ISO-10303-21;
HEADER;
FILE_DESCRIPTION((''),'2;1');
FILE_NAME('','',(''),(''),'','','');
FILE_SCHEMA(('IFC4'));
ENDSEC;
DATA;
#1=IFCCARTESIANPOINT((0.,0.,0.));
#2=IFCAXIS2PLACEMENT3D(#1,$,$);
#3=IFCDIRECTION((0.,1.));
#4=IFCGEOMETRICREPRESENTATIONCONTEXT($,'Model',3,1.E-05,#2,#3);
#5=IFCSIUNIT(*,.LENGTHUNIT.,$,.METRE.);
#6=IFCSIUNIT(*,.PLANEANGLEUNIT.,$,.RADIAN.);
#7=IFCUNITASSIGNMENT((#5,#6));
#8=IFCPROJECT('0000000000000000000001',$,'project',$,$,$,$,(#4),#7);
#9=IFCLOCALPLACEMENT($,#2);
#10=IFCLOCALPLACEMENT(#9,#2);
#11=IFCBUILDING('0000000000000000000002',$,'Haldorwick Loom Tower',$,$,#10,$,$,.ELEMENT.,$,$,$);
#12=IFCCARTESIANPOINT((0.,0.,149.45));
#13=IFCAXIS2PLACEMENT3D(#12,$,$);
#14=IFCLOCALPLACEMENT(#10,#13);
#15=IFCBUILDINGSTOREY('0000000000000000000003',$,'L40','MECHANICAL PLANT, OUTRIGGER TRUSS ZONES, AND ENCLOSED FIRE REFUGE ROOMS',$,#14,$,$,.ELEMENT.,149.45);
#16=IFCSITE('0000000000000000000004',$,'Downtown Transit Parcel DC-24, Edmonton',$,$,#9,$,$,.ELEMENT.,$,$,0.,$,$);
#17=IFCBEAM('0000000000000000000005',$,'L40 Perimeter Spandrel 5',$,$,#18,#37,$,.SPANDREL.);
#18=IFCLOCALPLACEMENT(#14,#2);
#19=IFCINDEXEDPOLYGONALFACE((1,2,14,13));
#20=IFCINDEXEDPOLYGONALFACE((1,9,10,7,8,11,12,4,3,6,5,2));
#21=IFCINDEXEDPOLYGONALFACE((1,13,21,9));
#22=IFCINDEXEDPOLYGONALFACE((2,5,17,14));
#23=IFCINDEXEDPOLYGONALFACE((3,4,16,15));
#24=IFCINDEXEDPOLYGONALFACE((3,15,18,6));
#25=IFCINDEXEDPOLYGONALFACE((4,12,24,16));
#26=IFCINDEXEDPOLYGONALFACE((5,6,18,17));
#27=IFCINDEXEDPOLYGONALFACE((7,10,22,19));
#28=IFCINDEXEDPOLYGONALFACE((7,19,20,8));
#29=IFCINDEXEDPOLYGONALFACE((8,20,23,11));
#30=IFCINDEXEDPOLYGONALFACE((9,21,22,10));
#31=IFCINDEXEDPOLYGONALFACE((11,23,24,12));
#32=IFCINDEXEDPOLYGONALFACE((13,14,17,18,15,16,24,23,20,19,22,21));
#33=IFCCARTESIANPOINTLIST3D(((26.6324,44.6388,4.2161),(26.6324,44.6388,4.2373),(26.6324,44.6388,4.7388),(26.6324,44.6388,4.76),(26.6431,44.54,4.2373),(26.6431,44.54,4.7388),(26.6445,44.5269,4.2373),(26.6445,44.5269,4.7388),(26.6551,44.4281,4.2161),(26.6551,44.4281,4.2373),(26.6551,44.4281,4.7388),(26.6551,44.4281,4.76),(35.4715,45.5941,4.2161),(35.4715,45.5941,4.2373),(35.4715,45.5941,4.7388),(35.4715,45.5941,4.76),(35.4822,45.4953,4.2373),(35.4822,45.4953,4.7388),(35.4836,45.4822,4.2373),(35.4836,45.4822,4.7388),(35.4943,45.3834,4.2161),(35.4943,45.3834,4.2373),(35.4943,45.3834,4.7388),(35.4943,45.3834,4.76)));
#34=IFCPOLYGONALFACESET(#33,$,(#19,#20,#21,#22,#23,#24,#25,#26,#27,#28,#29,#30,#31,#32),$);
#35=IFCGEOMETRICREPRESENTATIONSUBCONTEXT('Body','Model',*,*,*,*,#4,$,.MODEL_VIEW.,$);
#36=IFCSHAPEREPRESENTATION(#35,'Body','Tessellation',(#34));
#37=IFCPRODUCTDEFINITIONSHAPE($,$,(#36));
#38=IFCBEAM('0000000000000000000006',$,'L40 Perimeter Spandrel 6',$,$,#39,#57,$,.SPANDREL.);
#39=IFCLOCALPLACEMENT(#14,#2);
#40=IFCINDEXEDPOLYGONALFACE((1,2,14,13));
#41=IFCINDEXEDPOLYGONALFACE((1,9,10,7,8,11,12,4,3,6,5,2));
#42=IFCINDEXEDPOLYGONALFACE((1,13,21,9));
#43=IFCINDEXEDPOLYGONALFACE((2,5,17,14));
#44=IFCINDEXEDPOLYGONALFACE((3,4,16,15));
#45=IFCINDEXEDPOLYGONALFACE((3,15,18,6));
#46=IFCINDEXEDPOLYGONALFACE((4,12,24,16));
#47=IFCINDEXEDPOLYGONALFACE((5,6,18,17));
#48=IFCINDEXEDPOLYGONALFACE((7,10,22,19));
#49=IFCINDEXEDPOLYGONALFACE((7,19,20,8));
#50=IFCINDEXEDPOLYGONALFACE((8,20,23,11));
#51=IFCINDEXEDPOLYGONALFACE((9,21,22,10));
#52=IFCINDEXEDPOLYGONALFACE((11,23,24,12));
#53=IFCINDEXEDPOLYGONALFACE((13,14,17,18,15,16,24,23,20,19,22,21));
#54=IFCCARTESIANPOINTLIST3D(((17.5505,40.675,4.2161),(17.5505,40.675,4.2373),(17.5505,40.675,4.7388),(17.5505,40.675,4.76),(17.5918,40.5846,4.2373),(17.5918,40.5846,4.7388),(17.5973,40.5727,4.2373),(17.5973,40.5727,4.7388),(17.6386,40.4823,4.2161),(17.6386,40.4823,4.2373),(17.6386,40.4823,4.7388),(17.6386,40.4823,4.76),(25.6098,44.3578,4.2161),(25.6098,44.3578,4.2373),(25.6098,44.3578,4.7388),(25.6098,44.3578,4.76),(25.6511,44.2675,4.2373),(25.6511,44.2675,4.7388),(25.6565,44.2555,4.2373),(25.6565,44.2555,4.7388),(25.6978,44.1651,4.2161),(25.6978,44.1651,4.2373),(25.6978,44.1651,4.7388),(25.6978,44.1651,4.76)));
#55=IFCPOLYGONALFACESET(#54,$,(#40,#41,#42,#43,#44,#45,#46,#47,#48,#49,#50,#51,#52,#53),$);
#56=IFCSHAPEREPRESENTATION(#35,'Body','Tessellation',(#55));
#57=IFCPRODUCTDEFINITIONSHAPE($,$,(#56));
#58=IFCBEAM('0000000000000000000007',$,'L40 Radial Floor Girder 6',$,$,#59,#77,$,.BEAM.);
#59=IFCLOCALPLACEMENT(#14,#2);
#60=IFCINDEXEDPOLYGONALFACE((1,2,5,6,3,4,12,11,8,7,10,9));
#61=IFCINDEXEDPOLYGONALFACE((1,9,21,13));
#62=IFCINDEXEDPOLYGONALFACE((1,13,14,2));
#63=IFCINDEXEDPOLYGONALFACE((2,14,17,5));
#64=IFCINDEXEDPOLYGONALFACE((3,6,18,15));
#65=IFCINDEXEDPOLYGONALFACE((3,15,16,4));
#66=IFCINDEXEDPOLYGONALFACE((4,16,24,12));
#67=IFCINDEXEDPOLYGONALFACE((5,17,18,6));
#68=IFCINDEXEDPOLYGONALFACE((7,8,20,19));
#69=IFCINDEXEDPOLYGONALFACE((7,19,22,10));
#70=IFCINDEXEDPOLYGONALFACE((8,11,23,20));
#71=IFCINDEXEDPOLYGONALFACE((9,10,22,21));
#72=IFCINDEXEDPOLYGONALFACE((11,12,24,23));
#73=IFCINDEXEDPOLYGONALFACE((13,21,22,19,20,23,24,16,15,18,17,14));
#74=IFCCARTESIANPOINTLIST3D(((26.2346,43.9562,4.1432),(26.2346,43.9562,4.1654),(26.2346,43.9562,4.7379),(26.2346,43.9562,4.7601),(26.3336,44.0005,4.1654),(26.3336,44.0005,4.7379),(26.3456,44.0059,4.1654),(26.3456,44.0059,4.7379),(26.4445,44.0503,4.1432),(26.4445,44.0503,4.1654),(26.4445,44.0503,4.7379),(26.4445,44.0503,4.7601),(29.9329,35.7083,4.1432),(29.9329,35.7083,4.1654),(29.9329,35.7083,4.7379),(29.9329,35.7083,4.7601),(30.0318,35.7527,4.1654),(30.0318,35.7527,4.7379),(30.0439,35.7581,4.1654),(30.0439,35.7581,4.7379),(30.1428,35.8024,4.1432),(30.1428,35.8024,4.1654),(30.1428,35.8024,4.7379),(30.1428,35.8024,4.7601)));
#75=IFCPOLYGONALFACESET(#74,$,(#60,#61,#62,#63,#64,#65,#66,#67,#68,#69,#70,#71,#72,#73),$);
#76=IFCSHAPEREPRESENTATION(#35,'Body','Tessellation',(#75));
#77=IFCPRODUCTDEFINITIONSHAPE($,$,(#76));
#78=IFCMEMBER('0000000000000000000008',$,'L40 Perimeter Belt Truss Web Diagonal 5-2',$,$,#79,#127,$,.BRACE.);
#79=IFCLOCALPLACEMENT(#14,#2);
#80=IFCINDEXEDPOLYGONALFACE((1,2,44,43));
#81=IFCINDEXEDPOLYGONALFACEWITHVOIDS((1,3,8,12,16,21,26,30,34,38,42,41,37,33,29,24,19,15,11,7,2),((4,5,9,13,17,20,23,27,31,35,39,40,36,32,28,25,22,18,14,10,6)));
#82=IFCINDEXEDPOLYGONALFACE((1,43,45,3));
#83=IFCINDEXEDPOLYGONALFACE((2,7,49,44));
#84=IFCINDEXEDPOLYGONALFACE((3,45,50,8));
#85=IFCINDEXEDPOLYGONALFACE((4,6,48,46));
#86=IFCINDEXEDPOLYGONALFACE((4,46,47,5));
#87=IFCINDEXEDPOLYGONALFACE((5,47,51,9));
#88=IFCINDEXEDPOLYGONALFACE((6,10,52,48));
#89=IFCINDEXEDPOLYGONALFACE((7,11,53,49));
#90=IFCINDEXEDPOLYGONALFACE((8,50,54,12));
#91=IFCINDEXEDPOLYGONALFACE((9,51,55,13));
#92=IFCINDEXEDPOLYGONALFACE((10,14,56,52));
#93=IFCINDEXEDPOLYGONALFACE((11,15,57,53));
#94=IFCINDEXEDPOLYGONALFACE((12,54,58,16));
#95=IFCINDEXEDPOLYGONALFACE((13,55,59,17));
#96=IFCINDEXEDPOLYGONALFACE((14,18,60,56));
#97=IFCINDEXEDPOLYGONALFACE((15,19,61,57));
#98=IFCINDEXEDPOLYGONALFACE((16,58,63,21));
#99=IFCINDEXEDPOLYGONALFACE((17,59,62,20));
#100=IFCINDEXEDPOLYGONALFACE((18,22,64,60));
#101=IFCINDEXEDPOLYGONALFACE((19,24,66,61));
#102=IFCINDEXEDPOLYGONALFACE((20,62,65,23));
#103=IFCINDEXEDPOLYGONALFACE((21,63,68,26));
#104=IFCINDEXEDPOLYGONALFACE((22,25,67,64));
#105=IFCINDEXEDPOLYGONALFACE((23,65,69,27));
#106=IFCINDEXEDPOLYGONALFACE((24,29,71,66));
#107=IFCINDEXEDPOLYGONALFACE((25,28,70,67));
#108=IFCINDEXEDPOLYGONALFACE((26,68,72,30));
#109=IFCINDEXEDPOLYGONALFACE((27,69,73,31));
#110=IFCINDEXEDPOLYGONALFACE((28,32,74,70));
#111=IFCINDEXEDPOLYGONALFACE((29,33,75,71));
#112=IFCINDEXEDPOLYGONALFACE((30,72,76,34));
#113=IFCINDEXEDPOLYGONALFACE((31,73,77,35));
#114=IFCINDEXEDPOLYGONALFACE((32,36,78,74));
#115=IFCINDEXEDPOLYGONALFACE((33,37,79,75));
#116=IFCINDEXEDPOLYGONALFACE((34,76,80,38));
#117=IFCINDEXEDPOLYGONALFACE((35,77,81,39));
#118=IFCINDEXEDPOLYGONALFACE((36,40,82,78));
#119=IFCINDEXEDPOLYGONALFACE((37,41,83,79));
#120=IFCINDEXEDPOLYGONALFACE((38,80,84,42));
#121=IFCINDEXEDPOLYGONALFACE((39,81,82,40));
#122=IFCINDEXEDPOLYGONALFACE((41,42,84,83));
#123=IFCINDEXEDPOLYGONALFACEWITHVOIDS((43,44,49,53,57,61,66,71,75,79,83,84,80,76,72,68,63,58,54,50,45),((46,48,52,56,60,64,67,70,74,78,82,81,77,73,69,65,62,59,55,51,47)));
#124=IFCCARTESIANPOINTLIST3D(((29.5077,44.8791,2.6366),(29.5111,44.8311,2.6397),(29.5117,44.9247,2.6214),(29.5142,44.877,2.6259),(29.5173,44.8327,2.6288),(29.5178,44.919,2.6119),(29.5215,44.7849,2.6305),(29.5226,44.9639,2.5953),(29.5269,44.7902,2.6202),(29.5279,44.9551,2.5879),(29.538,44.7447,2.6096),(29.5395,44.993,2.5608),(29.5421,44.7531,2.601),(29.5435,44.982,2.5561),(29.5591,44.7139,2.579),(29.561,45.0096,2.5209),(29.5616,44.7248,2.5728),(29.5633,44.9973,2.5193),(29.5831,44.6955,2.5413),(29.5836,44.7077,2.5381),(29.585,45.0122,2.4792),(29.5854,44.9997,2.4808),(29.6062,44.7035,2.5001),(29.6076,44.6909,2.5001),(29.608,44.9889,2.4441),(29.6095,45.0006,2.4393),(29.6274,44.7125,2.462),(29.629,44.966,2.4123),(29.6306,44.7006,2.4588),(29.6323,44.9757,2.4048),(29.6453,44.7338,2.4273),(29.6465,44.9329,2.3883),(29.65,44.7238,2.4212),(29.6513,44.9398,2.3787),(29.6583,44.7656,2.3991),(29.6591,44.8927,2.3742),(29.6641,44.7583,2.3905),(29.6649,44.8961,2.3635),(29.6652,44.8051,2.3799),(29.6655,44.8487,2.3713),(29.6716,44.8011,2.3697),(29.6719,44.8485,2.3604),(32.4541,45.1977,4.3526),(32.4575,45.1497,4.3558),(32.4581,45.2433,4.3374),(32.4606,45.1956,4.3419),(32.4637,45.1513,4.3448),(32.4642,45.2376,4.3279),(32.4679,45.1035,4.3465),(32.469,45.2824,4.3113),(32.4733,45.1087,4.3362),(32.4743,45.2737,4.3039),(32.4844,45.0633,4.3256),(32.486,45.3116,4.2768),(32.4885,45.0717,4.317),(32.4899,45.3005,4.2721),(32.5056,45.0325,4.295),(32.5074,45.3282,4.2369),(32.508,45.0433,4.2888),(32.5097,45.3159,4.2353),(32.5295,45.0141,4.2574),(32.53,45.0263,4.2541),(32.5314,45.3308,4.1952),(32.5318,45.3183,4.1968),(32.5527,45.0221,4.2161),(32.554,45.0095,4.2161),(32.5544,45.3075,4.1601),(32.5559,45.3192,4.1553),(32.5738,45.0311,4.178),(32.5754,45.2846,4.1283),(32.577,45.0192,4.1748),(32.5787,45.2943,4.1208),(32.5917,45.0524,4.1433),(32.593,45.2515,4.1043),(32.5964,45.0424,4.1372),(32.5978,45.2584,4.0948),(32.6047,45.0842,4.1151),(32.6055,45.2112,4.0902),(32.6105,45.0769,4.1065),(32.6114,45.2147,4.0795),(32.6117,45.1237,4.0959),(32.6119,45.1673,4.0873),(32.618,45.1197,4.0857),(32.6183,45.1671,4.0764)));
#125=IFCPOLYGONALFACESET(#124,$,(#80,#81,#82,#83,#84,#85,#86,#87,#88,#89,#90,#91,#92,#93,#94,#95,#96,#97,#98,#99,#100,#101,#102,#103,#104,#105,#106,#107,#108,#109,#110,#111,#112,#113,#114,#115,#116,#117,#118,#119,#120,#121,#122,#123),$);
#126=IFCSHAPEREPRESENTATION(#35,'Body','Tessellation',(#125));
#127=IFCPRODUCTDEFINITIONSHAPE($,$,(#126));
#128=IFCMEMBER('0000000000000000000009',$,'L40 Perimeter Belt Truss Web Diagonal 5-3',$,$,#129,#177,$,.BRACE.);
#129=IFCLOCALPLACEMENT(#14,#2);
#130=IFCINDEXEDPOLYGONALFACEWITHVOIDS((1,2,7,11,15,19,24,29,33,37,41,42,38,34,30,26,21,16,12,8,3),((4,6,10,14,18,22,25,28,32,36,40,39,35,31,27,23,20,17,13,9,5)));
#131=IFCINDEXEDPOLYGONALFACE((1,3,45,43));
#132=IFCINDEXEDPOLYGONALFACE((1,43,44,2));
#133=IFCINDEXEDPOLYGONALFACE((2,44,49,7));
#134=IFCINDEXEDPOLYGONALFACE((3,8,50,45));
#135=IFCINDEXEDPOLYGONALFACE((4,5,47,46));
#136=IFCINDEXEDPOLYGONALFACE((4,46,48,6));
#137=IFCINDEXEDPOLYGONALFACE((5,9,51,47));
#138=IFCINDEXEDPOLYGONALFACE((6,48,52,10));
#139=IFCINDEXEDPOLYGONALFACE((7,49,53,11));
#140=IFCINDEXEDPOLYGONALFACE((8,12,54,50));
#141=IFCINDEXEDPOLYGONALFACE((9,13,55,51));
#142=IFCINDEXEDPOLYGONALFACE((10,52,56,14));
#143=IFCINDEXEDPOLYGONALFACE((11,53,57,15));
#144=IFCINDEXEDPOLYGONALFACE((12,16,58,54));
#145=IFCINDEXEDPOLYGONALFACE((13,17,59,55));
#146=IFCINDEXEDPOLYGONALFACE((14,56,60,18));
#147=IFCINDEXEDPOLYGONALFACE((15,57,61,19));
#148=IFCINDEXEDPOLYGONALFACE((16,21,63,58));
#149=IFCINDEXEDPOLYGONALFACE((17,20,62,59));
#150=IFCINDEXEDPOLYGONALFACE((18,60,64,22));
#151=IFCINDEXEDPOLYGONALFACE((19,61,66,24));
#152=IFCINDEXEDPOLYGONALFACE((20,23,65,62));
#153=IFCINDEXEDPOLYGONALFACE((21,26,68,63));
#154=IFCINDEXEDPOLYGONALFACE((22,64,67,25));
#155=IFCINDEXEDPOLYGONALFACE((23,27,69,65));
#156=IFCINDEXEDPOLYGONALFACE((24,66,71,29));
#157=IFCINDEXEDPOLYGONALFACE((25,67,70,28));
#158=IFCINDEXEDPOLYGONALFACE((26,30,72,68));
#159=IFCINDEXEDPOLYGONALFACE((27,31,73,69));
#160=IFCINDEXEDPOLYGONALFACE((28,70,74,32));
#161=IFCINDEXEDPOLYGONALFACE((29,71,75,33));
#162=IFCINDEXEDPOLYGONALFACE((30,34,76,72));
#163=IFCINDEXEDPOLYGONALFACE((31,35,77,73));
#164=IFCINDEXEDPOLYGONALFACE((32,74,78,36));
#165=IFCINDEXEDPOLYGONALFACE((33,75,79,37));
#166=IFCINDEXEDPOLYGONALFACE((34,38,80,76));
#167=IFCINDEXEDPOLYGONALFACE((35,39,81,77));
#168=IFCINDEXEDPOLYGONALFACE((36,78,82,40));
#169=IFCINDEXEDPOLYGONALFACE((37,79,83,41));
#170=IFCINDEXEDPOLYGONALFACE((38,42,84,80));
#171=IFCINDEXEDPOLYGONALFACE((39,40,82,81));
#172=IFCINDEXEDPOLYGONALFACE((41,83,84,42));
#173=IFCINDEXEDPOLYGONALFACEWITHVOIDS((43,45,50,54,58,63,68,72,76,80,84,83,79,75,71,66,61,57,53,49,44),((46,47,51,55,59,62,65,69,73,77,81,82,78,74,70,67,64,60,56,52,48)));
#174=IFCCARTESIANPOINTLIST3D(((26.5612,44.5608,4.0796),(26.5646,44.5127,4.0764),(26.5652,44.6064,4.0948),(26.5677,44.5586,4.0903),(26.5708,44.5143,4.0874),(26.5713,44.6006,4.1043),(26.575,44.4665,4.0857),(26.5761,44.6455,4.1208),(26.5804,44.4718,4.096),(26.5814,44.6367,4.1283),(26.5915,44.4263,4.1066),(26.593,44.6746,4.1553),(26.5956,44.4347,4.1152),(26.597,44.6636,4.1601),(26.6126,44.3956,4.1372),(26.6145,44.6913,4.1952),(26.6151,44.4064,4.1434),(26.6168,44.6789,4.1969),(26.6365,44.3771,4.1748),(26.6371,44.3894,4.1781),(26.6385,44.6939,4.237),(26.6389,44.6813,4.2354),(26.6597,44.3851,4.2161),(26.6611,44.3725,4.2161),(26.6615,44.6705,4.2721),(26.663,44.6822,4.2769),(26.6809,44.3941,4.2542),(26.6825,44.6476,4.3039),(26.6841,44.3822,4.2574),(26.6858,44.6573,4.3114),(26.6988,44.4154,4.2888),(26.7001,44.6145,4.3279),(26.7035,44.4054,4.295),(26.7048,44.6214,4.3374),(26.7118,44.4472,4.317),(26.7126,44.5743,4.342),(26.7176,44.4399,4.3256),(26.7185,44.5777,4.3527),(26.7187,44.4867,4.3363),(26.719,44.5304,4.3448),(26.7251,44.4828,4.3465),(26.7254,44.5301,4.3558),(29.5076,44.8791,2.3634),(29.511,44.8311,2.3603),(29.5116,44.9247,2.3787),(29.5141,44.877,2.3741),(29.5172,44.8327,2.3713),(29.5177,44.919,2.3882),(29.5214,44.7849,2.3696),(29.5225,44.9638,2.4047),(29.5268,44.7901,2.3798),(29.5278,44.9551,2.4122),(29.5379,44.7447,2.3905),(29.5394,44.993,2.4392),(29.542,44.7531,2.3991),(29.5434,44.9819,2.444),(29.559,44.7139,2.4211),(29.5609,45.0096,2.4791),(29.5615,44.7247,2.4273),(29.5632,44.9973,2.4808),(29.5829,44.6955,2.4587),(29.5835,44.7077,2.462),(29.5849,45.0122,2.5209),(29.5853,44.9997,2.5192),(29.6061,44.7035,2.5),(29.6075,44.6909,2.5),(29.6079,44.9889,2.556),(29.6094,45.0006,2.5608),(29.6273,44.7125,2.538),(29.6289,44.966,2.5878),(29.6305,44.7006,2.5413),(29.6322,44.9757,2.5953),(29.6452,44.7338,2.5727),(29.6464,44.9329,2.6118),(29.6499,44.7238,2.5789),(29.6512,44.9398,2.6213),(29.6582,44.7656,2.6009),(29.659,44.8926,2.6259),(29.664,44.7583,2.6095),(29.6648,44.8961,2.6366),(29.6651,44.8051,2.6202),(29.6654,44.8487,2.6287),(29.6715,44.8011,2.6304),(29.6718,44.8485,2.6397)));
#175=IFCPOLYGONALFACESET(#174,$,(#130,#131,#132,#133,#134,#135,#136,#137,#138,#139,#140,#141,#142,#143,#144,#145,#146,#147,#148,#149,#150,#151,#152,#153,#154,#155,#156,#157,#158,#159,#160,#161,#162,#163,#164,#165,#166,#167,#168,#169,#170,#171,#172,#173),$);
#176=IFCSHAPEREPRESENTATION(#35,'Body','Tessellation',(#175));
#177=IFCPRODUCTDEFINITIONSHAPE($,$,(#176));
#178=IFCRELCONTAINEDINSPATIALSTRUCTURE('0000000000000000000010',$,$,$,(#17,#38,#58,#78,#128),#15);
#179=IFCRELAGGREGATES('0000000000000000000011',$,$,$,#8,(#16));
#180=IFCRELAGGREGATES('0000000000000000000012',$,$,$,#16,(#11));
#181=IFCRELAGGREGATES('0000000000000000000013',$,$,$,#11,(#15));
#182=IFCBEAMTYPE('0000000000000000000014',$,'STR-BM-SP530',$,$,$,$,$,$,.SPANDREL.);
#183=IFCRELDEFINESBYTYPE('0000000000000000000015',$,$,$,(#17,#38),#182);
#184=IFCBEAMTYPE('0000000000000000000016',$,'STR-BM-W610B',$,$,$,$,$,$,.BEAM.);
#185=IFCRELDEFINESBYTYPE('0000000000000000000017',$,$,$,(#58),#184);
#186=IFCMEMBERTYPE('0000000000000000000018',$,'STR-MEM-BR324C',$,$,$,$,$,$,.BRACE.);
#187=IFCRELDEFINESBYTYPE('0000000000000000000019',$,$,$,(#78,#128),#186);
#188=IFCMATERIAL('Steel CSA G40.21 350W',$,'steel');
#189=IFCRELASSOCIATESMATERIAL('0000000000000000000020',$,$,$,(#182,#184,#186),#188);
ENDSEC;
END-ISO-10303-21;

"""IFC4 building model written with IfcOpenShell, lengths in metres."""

from ifc_helpers import new_model, si_unit, direction, frame, origin, origin_2d, place, context, subcontext, project, spatial, hollow_circle, i_section, extrude, material, material_profile, profile_set, type_object, element, save


model = new_model("IFC4")

# Units and contexts
model_context = context("Model", 3, precision=1e-05, world=origin(), true_north=direction((0.0, 1.0)))
body_context = subcontext(model_context, "Body", "Model", "MODEL_VIEW")
ifc_project = project(units=[si_unit("LENGTHUNIT", "METRE"), si_unit("PLANEANGLEUNIT", "RADIAN")], contexts=[model_context])

# Site, building, storey
site_placement = place(None, origin())
site = spatial("IfcSite", under=ifc_project, at=site_placement, Name="Downtown Transit Parcel DC-24, Edmonton", CompositionType="ELEMENT", RefElevation=0.0)
building_placement = place(site_placement, origin())
building = spatial("IfcBuilding", under=site, at=building_placement, Name="Haldorwick Loom Tower", CompositionType="ELEMENT")
storey_placement = place(building_placement, frame((0.0, 0.0, 149.45)))
storey = spatial("IfcBuildingStorey", under=building, at=storey_placement, Name="L40", Description="MECHANICAL PLANT, OUTRIGGER TRUSS ZONES, AND ENCLOSED FIRE REFUGE ROOMS", CompositionType="ELEMENT", Elevation=149.45)

# Beams
ifc_material_1 = material(Name="Steel CSA G40.21 350W", Category="steel")
ifc_material_profile_1 = material_profile(ifc_material_1, i_section(OverallWidth=0.2119, OverallDepth=0.5439, WebThickness=0.0132, FlangeThickness=0.0212, at=origin_2d()), Name="W530X123", Category="steel")
ifc_profile_set_1 = profile_set([ifc_material_profile_1], Name="Steel CSA G40.21 350W")
beam_type_1 = type_object("IfcBeamType", Name="STR-BM-SP530", PredefinedType="SPANDREL", material=ifc_profile_set_1)
beam_1_placement = place(storey_placement, frame((35.4829, 45.4888, 4.488), z_axis=(-0.99421, -0.107453, 0.0), x_axis=(0.107453, -0.99421, 0.0)))
element("IfcBeam", 1, at=beam_1_placement, inside=storey, type_object=beam_type_1, Name="L40 Perimeter Spandrel 5", PredefinedType="SPANDREL", context=body_context, shape_type="SweptSolid", body=[
    extrude(i_section(OverallWidth=0.2119, OverallDepth=0.5439, WebThickness=0.0132, FlangeThickness=0.0212, at=origin_2d()), origin(), (0.0, 0.0, 1.0), 8.8906),
])
beam_2_placement = place(storey_placement, frame((25.6538, 44.2615, 4.488), z_axis=(-0.909534, -0.415629, 0.0), x_axis=(0.415629, -0.909534, 0.0)))
element("IfcBeam", 2, at=beam_2_placement, inside=storey, type_object=beam_type_1, Name="L40 Perimeter Spandrel 6", PredefinedType="SPANDREL", context=body_context, shape_type="SweptSolid", body=[
    extrude(i_section(OverallWidth=0.2119, OverallDepth=0.5439, WebThickness=0.0132, FlangeThickness=0.0212, at=origin_2d()), origin(), (0.0, 0.0, 1.0), 8.8608),
])
ifc_material_profile_2 = material_profile(ifc_material_1, i_section(OverallWidth=0.23, OverallDepth=0.6169, WebThickness=0.0132, FlangeThickness=0.0222, at=origin_2d()), Name="W610X140", Category="steel")
ifc_profile_set_2 = profile_set([ifc_material_profile_2], Name="Steel CSA G40.21 350W")
beam_type_2 = type_object("IfcBeamType", Name="STR-BM-W610B", PredefinedType="BEAM", material=ifc_profile_set_2)
beam_3_placement = place(storey_placement, frame((30.0378, 35.7554, 4.4517), z_axis=(-0.409144, 0.91247, 0.0), x_axis=(-0.91247, -0.409144, 0.0)))
element("IfcBeam", 3, at=beam_3_placement, inside=storey, type_object=beam_type_2, Name="L40 Radial Floor Girder 6", PredefinedType="BEAM", context=body_context, shape_type="SweptSolid", body=[
    extrude(i_section(OverallWidth=0.23, OverallDepth=0.6169, WebThickness=0.0132, FlangeThickness=0.0222, at=origin_2d()), origin(), (0.0, 0.0, 1.0), 9.0391),
])

# Members
ifc_material_profile_3 = material_profile(ifc_material_1, hollow_circle(Radius=0.1619, WallThickness=0.0127, at=origin_2d()), Name="HSS324X13", Category="steel")
ifc_profile_set_3 = profile_set([ifc_material_profile_3], Name="Steel CSA G40.21 350W")
member_type_1 = type_object("IfcMemberType", Name="STR-MEM-BR324C", PredefinedType="BRACE", material=ifc_profile_set_3)
for number, where, z_axis, x_axis, name in (
    (4, (32.5366, 45.1704, 4.2161), (-0.860382, -0.093032, -0.501087), (0.107502, -0.994205, 0.0), "L40 Perimeter Belt Truss Web Diagonal 5-2"),
    (5, (29.5901, 44.8518, 2.5), (-0.860369, -0.092967, 0.501121), (0.107429, -0.994213, 0.0), "L40 Perimeter Belt Truss Web Diagonal 5-3"),
):
    element("IfcMember", number, at=place(storey_placement, frame(where, z_axis=z_axis, x_axis=x_axis)), inside=storey, type_object=member_type_1, Name=name, PredefinedType="BRACE", context=body_context, shape_type="SweptSolid", body=[
        extrude(hollow_circle(Radius=0.1619, WallThickness=0.0127, at=origin_2d()), origin(), (0.0, 0.0, 1.0), 3.4246),
    ])

save(model, "model.ifc")
